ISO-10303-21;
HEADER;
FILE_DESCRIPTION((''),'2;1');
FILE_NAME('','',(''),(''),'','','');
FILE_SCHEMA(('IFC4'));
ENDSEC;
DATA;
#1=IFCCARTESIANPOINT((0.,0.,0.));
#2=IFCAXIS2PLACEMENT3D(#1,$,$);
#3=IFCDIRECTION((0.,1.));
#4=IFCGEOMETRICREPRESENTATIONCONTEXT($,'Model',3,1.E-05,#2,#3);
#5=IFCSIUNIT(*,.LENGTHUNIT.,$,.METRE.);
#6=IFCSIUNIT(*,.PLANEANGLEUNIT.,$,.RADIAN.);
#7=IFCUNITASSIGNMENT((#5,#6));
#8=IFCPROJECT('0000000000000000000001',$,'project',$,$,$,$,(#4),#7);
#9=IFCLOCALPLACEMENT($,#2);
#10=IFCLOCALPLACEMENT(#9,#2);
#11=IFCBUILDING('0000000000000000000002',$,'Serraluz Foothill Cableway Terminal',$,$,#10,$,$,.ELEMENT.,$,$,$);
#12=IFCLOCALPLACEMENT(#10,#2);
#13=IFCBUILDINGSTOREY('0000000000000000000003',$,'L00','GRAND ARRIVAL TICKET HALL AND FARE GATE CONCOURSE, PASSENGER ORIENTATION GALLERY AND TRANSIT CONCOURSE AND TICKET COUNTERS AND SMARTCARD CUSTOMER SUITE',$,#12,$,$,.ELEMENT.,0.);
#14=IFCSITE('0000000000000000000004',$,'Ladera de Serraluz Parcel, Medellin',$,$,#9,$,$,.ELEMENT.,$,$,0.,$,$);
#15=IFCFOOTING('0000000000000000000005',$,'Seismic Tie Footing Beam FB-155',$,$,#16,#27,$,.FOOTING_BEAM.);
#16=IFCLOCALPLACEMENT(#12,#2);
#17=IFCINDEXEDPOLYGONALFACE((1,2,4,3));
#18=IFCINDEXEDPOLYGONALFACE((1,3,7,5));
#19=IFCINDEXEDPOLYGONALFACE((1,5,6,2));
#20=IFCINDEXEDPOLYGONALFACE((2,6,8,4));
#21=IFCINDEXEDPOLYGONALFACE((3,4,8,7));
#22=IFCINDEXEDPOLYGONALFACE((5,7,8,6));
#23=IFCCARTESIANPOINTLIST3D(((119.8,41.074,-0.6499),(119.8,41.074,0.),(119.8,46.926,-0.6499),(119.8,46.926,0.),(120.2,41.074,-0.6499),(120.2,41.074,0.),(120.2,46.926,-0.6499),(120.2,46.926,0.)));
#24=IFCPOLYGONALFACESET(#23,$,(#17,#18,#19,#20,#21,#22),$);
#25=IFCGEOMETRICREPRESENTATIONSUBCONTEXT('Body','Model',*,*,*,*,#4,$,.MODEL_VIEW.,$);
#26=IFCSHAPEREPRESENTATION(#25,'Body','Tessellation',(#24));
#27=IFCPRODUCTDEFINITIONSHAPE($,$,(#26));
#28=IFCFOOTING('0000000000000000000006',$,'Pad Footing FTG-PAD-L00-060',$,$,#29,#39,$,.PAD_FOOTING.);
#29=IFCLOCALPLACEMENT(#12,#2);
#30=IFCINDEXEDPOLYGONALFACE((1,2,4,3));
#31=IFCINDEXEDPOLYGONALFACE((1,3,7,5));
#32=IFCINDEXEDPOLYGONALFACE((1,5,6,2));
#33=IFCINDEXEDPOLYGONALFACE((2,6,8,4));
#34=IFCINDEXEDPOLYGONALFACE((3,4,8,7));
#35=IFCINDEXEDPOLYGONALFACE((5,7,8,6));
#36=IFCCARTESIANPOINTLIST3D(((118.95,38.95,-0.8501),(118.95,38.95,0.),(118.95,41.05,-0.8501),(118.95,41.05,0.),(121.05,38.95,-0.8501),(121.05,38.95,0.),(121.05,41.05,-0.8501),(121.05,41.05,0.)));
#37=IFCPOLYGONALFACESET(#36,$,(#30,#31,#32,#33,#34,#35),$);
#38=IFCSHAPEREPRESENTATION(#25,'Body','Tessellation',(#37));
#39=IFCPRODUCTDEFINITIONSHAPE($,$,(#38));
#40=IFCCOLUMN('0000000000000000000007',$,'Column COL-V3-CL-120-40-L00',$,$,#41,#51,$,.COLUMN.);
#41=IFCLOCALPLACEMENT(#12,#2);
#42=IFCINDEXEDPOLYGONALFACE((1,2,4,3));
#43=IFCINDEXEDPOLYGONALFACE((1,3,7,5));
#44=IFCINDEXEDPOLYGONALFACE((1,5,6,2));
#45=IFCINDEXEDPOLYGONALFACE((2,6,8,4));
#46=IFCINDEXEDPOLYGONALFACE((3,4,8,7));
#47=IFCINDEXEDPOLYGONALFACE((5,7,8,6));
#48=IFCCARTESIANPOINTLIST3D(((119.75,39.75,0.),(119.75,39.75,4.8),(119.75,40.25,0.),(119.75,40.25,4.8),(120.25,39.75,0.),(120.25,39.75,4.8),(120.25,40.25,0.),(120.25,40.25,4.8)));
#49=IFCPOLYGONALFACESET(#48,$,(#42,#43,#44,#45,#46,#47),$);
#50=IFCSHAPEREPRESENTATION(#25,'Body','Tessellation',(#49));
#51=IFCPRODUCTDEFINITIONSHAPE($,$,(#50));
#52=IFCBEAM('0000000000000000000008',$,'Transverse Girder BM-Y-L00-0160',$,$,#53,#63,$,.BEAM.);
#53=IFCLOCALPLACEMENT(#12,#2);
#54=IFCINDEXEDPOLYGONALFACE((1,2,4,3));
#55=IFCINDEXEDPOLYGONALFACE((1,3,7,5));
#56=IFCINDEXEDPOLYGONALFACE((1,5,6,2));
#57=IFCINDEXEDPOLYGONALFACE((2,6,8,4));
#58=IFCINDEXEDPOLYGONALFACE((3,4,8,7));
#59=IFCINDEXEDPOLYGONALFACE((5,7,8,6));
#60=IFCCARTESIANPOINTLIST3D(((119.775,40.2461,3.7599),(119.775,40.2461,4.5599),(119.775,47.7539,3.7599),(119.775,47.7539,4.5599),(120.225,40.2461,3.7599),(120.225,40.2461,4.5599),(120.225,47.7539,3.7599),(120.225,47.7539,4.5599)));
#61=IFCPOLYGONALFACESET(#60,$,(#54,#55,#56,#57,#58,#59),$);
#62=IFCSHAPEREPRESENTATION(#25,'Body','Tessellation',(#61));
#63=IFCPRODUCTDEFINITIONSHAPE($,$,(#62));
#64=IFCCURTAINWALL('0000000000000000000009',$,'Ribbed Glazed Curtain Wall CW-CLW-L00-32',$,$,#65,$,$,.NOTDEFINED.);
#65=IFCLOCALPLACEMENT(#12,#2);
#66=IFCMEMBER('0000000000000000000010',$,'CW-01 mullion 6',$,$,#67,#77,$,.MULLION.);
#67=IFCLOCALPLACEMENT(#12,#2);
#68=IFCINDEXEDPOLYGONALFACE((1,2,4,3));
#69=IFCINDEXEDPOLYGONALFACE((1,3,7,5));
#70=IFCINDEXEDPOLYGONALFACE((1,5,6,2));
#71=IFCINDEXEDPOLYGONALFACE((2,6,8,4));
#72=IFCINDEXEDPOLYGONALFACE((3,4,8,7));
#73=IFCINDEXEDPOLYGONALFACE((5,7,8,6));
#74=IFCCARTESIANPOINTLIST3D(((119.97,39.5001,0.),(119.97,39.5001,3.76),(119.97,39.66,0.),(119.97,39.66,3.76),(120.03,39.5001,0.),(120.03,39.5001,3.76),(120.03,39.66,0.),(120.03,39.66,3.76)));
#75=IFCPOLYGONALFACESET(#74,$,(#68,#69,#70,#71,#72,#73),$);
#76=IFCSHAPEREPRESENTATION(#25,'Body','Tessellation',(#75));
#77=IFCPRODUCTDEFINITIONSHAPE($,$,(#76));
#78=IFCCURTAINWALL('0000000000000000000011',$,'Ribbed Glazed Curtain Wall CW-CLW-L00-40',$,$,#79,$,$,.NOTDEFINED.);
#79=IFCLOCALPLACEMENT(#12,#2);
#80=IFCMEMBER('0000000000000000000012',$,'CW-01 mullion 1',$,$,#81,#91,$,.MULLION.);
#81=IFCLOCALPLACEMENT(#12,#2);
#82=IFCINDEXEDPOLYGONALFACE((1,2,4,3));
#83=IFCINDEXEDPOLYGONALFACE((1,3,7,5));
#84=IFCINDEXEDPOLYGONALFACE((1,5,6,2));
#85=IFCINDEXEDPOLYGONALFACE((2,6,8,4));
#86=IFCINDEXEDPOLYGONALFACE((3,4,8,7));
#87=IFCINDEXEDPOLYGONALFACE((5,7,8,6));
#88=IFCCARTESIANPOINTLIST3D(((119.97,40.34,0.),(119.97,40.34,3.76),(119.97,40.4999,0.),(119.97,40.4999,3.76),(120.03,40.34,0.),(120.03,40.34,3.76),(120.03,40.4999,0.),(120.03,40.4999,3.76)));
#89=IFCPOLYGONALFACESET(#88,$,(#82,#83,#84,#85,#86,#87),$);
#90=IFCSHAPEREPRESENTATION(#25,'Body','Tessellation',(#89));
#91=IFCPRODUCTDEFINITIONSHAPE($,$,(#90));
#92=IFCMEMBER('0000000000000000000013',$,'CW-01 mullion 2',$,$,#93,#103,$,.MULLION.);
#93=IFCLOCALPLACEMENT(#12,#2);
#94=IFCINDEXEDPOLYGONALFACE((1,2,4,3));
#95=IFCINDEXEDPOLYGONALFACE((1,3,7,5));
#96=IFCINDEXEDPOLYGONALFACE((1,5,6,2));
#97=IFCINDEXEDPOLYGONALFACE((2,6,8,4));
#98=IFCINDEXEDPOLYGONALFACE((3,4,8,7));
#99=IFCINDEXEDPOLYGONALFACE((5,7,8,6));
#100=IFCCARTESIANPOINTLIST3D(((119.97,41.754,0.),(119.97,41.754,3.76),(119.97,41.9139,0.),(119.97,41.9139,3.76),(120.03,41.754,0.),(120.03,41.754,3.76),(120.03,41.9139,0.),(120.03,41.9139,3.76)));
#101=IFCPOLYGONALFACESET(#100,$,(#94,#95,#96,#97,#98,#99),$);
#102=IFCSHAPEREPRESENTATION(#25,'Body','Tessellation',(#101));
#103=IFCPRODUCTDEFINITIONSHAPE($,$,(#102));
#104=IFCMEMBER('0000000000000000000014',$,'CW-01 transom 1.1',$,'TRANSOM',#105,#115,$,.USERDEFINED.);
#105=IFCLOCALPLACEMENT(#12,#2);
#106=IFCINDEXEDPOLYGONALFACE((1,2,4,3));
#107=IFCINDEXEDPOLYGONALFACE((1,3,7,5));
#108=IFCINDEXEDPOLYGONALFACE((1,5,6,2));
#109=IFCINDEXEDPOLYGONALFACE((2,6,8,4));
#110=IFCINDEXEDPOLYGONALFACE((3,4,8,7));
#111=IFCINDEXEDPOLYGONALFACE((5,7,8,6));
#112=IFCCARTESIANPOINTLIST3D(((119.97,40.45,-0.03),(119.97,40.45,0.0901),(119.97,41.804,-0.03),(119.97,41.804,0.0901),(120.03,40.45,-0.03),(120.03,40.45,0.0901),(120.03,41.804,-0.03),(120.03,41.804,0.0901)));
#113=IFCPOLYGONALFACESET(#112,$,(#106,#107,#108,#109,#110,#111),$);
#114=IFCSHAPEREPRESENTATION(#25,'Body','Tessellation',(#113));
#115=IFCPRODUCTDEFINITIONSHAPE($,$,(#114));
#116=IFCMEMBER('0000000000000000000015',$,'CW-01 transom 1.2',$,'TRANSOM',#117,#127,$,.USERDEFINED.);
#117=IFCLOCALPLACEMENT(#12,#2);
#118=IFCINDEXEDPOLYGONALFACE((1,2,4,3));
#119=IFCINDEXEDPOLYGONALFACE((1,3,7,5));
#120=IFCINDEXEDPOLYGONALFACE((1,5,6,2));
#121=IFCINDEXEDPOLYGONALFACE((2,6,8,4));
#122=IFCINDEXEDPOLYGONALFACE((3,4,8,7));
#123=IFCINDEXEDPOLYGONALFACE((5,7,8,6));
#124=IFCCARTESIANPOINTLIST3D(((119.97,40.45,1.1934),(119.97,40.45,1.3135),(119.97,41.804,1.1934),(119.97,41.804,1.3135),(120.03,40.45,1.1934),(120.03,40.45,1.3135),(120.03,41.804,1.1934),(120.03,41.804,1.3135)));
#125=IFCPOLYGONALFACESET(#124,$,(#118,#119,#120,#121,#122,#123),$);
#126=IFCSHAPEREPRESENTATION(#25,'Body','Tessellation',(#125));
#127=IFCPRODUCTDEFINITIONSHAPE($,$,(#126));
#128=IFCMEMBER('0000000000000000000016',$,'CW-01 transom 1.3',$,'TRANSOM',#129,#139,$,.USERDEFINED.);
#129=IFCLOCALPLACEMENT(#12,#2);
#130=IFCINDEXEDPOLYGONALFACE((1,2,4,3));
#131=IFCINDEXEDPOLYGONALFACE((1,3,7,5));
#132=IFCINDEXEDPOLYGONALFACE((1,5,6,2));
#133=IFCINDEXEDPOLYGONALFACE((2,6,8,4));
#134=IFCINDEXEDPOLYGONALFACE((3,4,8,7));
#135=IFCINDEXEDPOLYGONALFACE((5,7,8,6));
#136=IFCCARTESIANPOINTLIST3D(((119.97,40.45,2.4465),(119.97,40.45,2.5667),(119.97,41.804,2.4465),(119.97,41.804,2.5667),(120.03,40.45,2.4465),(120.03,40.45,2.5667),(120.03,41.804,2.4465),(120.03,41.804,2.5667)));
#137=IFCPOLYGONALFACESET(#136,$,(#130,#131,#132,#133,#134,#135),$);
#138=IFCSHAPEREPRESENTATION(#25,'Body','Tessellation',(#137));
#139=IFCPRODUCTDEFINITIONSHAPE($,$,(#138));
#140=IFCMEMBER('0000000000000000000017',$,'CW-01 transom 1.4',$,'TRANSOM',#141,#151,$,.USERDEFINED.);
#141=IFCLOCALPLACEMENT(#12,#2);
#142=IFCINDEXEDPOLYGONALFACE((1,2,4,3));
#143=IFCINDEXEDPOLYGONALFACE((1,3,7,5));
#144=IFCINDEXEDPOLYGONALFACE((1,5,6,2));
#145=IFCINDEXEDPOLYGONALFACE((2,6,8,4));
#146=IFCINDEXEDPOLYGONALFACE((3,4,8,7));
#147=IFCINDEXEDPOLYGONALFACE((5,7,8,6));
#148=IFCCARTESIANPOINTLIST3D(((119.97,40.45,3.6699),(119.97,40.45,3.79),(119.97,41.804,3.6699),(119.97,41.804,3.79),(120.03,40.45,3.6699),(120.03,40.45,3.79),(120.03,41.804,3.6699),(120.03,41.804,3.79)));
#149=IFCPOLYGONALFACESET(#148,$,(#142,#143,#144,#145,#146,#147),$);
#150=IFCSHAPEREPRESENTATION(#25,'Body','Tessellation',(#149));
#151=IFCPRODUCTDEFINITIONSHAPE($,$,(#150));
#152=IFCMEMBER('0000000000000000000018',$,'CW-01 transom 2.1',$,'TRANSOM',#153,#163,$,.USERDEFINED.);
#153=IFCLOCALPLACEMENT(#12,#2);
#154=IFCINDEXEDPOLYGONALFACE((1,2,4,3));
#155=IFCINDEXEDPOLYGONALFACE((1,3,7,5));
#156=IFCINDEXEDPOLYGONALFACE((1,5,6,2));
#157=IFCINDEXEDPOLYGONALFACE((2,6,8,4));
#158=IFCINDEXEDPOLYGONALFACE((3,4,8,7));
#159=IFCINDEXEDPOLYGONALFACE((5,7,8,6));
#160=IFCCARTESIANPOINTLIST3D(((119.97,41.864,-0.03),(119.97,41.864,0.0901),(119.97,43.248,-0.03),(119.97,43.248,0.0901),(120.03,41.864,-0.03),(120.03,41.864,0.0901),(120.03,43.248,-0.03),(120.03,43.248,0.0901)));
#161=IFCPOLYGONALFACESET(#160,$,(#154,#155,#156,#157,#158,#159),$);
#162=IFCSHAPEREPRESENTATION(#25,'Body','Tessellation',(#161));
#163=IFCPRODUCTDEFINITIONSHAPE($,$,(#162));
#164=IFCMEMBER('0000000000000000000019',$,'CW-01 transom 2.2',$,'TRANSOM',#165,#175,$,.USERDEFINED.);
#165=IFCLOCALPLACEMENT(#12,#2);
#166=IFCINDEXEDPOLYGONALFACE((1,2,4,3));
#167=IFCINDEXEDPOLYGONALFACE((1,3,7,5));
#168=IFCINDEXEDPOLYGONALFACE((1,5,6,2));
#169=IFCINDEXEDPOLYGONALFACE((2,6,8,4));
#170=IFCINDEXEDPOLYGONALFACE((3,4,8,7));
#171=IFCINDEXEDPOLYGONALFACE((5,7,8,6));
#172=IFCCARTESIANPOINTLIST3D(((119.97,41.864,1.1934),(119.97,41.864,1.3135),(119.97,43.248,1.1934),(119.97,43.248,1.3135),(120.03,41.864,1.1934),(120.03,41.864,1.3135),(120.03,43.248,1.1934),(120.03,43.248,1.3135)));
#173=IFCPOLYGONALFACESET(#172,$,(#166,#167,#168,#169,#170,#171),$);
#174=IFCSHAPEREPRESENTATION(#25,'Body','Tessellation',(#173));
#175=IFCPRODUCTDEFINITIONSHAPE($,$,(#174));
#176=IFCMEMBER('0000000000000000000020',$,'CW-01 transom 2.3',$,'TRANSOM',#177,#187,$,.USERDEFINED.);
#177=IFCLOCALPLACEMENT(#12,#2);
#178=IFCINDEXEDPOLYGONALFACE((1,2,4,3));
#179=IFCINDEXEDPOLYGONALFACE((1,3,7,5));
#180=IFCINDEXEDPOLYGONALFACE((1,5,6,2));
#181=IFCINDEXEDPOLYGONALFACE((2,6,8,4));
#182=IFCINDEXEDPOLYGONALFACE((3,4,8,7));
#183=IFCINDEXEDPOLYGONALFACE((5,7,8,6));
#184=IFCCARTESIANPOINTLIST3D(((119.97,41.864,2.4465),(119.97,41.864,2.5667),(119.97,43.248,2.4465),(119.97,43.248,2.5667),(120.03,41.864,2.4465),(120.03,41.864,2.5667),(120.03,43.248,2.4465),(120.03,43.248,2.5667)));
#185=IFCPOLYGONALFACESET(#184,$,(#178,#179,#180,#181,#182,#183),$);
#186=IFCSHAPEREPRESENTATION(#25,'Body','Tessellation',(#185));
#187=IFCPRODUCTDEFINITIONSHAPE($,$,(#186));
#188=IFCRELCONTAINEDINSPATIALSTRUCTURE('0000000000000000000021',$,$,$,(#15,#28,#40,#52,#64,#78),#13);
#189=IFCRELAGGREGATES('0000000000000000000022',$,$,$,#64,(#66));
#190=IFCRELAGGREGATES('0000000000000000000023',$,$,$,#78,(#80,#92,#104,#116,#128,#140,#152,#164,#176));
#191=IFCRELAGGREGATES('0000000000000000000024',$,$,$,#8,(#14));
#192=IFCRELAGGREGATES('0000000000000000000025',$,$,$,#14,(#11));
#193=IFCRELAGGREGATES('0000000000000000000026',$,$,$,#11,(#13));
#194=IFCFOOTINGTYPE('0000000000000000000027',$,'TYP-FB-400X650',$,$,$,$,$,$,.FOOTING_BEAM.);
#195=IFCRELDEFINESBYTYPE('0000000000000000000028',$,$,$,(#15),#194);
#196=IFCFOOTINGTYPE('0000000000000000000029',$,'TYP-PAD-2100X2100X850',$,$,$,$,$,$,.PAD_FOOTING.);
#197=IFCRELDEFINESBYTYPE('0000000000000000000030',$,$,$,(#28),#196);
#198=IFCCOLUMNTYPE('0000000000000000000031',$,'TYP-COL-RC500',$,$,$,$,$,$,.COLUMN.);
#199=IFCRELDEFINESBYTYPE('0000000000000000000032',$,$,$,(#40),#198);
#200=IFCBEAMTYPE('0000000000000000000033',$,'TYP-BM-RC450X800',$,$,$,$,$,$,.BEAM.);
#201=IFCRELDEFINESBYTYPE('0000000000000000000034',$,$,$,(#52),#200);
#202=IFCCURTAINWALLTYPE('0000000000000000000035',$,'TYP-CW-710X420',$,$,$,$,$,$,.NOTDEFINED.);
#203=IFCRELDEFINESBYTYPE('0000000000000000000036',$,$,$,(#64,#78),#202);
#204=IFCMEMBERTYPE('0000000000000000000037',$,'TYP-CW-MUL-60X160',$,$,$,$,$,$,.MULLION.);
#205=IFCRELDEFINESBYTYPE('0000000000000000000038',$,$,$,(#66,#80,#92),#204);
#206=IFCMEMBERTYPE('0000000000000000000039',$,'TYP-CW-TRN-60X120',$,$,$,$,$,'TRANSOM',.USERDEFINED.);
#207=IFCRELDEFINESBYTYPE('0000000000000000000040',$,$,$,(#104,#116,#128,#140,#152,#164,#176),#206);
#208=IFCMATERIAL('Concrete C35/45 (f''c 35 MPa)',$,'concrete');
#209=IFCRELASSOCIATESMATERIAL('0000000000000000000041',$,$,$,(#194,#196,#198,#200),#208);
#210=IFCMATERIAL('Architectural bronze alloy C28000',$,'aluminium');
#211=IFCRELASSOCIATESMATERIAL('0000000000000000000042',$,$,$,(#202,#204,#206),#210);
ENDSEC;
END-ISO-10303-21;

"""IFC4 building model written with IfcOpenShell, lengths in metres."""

from ifc_helpers import new_model, si_unit, direction, frame, origin, origin_2d, place, context, subcontext, project, spatial, rectangle, extrude, material, material_profile, profile_set, type_object, element, aggregate, save


model = new_model("IFC4")

# Units and contexts
model_context = context("Model", 3, precision=1e-05, world=origin(), true_north=direction((0.0, 1.0)))
body_context = subcontext(model_context, "Body", "Model", "MODEL_VIEW")
ifc_project = project(units=[si_unit("LENGTHUNIT", "METRE"), si_unit("PLANEANGLEUNIT", "RADIAN")], contexts=[model_context])

# Site, building, storey
site_placement = place(None, origin())
site = spatial("IfcSite", under=ifc_project, at=site_placement, Name="Ladera de Serraluz Parcel, Medellin", CompositionType="ELEMENT", RefElevation=0.0)
building_placement = place(site_placement, origin())
building = spatial("IfcBuilding", under=site, at=building_placement, Name="Serraluz Foothill Cableway Terminal", CompositionType="ELEMENT")
storey_placement = place(building_placement, origin())
storey = spatial("IfcBuildingStorey", under=building, at=storey_placement, Name="L00", Description="GRAND ARRIVAL TICKET HALL AND FARE GATE CONCOURSE, PASSENGER ORIENTATION GALLERY AND TRANSIT CONCOURSE AND TICKET COUNTERS AND SMARTCARD CUSTOMER SUITE", CompositionType="ELEMENT", Elevation=0.0)

# Footings
ifc_material_1 = material(Name="Concrete C35/45 (f'c 35 MPa)", Category="concrete")
ifc_material_profile_1 = material_profile(ifc_material_1, rectangle(XDim=0.3999, YDim=0.6499, at=origin_2d()), Name="RC 400x650")
ifc_profile_set_1 = profile_set([ifc_material_profile_1], Name="Concrete C35/45 (f'c 35 MPa)")
footing_type_1 = type_object("IfcFootingType", Name="TYP-FB-400X650", PredefinedType="FOOTING_BEAM", material=ifc_profile_set_1)
footing_1_placement = place(storey_placement, frame((120.0, 41.074, -0.325), z_axis=(0.0, 1.0, 0.0), x_axis=(-1.0, 0.0, 0.0)))
element("IfcFooting", 1, at=footing_1_placement, inside=storey, type_object=footing_type_1, Name="Seismic Tie Footing Beam FB-155", PredefinedType="FOOTING_BEAM", context=body_context, shape_type="SweptSolid", body=[
    extrude(rectangle(XDim=0.3999, YDim=0.6499, at=origin_2d()), origin(), (0.0, 0.0, 1.0), 5.8521),
])
footing_type_2 = type_object("IfcFootingType", Name="TYP-PAD-2100X2100X850", PredefinedType="PAD_FOOTING", material=ifc_material_1)
footing_2_placement = place(storey_placement, frame((120.0, 40.0, -0.8501), z_axis=(0.0, 0.0, 1.0), x_axis=(1.0, 0.0, 0.0)))
element("IfcFooting", 2, at=footing_2_placement, inside=storey, type_object=footing_type_2, Name="Pad Footing FTG-PAD-L00-060", PredefinedType="PAD_FOOTING", context=body_context, shape_type="SweptSolid", body=[
    extrude(rectangle(XDim=2.1001, YDim=2.1001, at=origin_2d()), origin(), (0.0, 0.0, 1.0), 0.8501),
])

# Column
ifc_material_profile_2 = material_profile(ifc_material_1, rectangle(XDim=0.5, YDim=0.5, at=origin_2d()), Name="RC 500x500")
ifc_profile_set_2 = profile_set([ifc_material_profile_2], Name="Concrete C35/45 (f'c 35 MPa)")
column_type = type_object("IfcColumnType", Name="TYP-COL-RC500", PredefinedType="COLUMN", material=ifc_profile_set_2)
column_placement = place(storey_placement, frame((120.0, 40.0, 0.0), z_axis=(0.0, 0.0, 1.0), x_axis=(1.0, 0.0, 0.0)))
element("IfcColumn", 3, at=column_placement, inside=storey, type_object=column_type, Name="Column COL-V3-CL-120-40-L00", PredefinedType="COLUMN", context=body_context, shape_type="SweptSolid", body=[
    extrude(rectangle(XDim=0.5, YDim=0.5, at=origin_2d()), origin(), (0.0, 0.0, 1.0), 4.8),
])

# Beam
ifc_material_profile_3 = material_profile(ifc_material_1, rectangle(XDim=0.45, YDim=0.8, at=origin_2d()), Name="RC 450x800")
ifc_profile_set_3 = profile_set([ifc_material_profile_3], Name="Concrete C35/45 (f'c 35 MPa)")
beam_type = type_object("IfcBeamType", Name="TYP-BM-RC450X800", PredefinedType="BEAM", material=ifc_profile_set_3)
beam_placement = place(storey_placement, frame((120.0, 40.2461, 4.1599), z_axis=(0.0, 1.0, 0.0), x_axis=(-1.0, 0.0, 0.0)))
element("IfcBeam", 4, at=beam_placement, inside=storey, type_object=beam_type, Name="Transverse Girder BM-Y-L00-0160", PredefinedType="BEAM", context=body_context, shape_type="SweptSolid", body=[
    extrude(rectangle(XDim=0.45, YDim=0.8, at=origin_2d()), origin(), (0.0, 0.0, 1.0), 7.5078),
])

# Curtain wall, member
ifc_material_2 = material(Name="Architectural bronze alloy C28000", Category="aluminium")
curtain_wall_type = type_object("IfcCurtainWallType", Name="TYP-CW-710X420", PredefinedType="NOTDEFINED", material=ifc_material_2)
curtain_wall_1_placement = place(storey_placement, origin())
curtain_wall_1 = element("IfcCurtainWall", 5, at=curtain_wall_1_placement, inside=storey, type_object=curtain_wall_type, Name="Ribbed Glazed Curtain Wall CW-CLW-L00-32", PredefinedType="NOTDEFINED")
ifc_material_profile_4 = material_profile(ifc_material_2, rectangle(XDim=0.0601, YDim=0.1599, at=origin_2d()), Name="ALU MULLION 60x160")
ifc_profile_set_4 = profile_set([ifc_material_profile_4], Name="Architectural bronze alloy C28000")
member_type_1 = type_object("IfcMemberType", Name="TYP-CW-MUL-60X160", PredefinedType="MULLION", material=ifc_profile_set_4)
member_1_placement = place(storey_placement, frame((120.0, 39.5801, 0.0), z_axis=(0.0, 0.0, 1.0), x_axis=(-1.0, 0.0, 0.0)))
member_1 = element("IfcMember", 6, at=member_1_placement, type_object=member_type_1, Name="CW-01 mullion 6", PredefinedType="MULLION", context=body_context, shape_type="SweptSolid", body=[
    extrude(rectangle(XDim=0.0601, YDim=0.1599, at=origin_2d()), origin(), (0.0, 0.0, 1.0), 3.76),
])
aggregate(curtain_wall_1, [member_1])

# Curtain wall, members
curtain_wall_2_placement = place(storey_placement, origin())
curtain_wall_2 = element("IfcCurtainWall", 7, at=curtain_wall_2_placement, inside=storey, type_object=curtain_wall_type, Name="Ribbed Glazed Curtain Wall CW-CLW-L00-40", PredefinedType="NOTDEFINED")
member_2_placement = place(storey_placement, frame((120.0, 40.4199, 0.0), z_axis=(0.0, 0.0, 1.0), x_axis=(-1.0, 0.0, 0.0)))
member_2 = element("IfcMember", 8, at=member_2_placement, type_object=member_type_1, Name="CW-01 mullion 1", PredefinedType="MULLION", context=body_context, shape_type="SweptSolid", body=[
    extrude(rectangle(XDim=0.0601, YDim=0.1599, at=origin_2d()), origin(), (0.0, 0.0, 1.0), 3.76),
])
member_3_placement = place(storey_placement, frame((120.0, 41.834, 0.0), z_axis=(0.0, 0.0, 1.0), x_axis=(-1.0, 0.0, 0.0)))
member_3 = element("IfcMember", 9, at=member_3_placement, type_object=member_type_1, Name="CW-01 mullion 2", PredefinedType="MULLION", context=body_context, shape_type="SweptSolid", body=[
    extrude(rectangle(XDim=0.0601, YDim=0.1599, at=origin_2d()), origin(), (0.0, 0.0, 1.0), 3.76),
])
ifc_material_profile_5 = material_profile(ifc_material_2, rectangle(XDim=0.0601, YDim=0.1201, at=origin_2d()), Name="ALU TRANSOM 60x120")
ifc_profile_set_5 = profile_set([ifc_material_profile_5], Name="Architectural bronze alloy C28000")
member_type_2 = type_object("IfcMemberType", Name="TYP-CW-TRN-60X120", ElementType="TRANSOM", PredefinedType="USERDEFINED", material=ifc_profile_set_5)
member_4_placement = place(storey_placement, frame((120.0, 40.45, 0.03), z_axis=(0.0, 1.0, 0.0), x_axis=(-1.0, 0.0, 0.0)))
member_4 = element("IfcMember", 10, at=member_4_placement, type_object=member_type_2, Name="CW-01 transom 1.1", ObjectType="TRANSOM", PredefinedType="USERDEFINED", context=body_context, shape_type="SweptSolid", body=[
    extrude(rectangle(XDim=0.0601, YDim=0.1201, at=origin_2d()), origin(), (0.0, 0.0, 1.0), 1.354),
])
member_5_placement = place(storey_placement, frame((120.0, 40.45, 1.2534), z_axis=(0.0, 1.0, 0.0), x_axis=(-1.0, 0.0, 0.0)))
member_5 = element("IfcMember", 11, at=member_5_placement, type_object=member_type_2, Name="CW-01 transom 1.2", ObjectType="TRANSOM", PredefinedType="USERDEFINED", context=body_context, shape_type="SweptSolid", body=[
    extrude(rectangle(XDim=0.0601, YDim=0.1201, at=origin_2d()), origin(), (0.0, 0.0, 1.0), 1.354),
])
member_6_placement = place(storey_placement, frame((120.0, 40.45, 2.5066), z_axis=(0.0, 1.0, 0.0), x_axis=(-1.0, 0.0, 0.0)))
member_6 = element("IfcMember", 12, at=member_6_placement, type_object=member_type_2, Name="CW-01 transom 1.3", ObjectType="TRANSOM", PredefinedType="USERDEFINED", context=body_context, shape_type="SweptSolid", body=[
    extrude(rectangle(XDim=0.0601, YDim=0.1201, at=origin_2d()), origin(), (0.0, 0.0, 1.0), 1.354),
])
member_7_placement = place(storey_placement, frame((120.0, 40.45, 3.73), z_axis=(0.0, 1.0, 0.0), x_axis=(-1.0, 0.0, 0.0)))
member_7 = element("IfcMember", 13, at=member_7_placement, type_object=member_type_2, Name="CW-01 transom 1.4", ObjectType="TRANSOM", PredefinedType="USERDEFINED", context=body_context, shape_type="SweptSolid", body=[
    extrude(rectangle(XDim=0.0601, YDim=0.1201, at=origin_2d()), origin(), (0.0, 0.0, 1.0), 1.354),
])
member_8_placement = place(storey_placement, frame((120.0, 41.864, 0.03), z_axis=(0.0, 1.0, 0.0), x_axis=(-1.0, 0.0, 0.0)))
member_8 = element("IfcMember", 14, at=member_8_placement, type_object=member_type_2, Name="CW-01 transom 2.1", ObjectType="TRANSOM", PredefinedType="USERDEFINED", context=body_context, shape_type="SweptSolid", body=[
    extrude(rectangle(XDim=0.0601, YDim=0.1201, at=origin_2d()), origin(), (0.0, 0.0, 1.0), 1.384),
])
member_9_placement = place(storey_placement, frame((120.0, 41.864, 1.2534), z_axis=(0.0, 1.0, 0.0), x_axis=(-1.0, 0.0, 0.0)))
member_9 = element("IfcMember", 15, at=member_9_placement, type_object=member_type_2, Name="CW-01 transom 2.2", ObjectType="TRANSOM", PredefinedType="USERDEFINED", context=body_context, shape_type="SweptSolid", body=[
    extrude(rectangle(XDim=0.0601, YDim=0.1201, at=origin_2d()), origin(), (0.0, 0.0, 1.0), 1.384),
])
member_10_placement = place(storey_placement, frame((120.0, 41.864, 2.5066), z_axis=(0.0, 1.0, 0.0), x_axis=(-1.0, 0.0, 0.0)))
member_10 = element("IfcMember", 16, at=member_10_placement, type_object=member_type_2, Name="CW-01 transom 2.3", ObjectType="TRANSOM", PredefinedType="USERDEFINED", context=body_context, shape_type="SweptSolid", body=[
    extrude(rectangle(XDim=0.0601, YDim=0.1201, at=origin_2d()), origin(), (0.0, 0.0, 1.0), 1.384),
])
aggregate(curtain_wall_2, [member_2, member_3, member_4, member_5, member_6, member_7, member_8, member_9, member_10])

save(model, "model.ifc")
